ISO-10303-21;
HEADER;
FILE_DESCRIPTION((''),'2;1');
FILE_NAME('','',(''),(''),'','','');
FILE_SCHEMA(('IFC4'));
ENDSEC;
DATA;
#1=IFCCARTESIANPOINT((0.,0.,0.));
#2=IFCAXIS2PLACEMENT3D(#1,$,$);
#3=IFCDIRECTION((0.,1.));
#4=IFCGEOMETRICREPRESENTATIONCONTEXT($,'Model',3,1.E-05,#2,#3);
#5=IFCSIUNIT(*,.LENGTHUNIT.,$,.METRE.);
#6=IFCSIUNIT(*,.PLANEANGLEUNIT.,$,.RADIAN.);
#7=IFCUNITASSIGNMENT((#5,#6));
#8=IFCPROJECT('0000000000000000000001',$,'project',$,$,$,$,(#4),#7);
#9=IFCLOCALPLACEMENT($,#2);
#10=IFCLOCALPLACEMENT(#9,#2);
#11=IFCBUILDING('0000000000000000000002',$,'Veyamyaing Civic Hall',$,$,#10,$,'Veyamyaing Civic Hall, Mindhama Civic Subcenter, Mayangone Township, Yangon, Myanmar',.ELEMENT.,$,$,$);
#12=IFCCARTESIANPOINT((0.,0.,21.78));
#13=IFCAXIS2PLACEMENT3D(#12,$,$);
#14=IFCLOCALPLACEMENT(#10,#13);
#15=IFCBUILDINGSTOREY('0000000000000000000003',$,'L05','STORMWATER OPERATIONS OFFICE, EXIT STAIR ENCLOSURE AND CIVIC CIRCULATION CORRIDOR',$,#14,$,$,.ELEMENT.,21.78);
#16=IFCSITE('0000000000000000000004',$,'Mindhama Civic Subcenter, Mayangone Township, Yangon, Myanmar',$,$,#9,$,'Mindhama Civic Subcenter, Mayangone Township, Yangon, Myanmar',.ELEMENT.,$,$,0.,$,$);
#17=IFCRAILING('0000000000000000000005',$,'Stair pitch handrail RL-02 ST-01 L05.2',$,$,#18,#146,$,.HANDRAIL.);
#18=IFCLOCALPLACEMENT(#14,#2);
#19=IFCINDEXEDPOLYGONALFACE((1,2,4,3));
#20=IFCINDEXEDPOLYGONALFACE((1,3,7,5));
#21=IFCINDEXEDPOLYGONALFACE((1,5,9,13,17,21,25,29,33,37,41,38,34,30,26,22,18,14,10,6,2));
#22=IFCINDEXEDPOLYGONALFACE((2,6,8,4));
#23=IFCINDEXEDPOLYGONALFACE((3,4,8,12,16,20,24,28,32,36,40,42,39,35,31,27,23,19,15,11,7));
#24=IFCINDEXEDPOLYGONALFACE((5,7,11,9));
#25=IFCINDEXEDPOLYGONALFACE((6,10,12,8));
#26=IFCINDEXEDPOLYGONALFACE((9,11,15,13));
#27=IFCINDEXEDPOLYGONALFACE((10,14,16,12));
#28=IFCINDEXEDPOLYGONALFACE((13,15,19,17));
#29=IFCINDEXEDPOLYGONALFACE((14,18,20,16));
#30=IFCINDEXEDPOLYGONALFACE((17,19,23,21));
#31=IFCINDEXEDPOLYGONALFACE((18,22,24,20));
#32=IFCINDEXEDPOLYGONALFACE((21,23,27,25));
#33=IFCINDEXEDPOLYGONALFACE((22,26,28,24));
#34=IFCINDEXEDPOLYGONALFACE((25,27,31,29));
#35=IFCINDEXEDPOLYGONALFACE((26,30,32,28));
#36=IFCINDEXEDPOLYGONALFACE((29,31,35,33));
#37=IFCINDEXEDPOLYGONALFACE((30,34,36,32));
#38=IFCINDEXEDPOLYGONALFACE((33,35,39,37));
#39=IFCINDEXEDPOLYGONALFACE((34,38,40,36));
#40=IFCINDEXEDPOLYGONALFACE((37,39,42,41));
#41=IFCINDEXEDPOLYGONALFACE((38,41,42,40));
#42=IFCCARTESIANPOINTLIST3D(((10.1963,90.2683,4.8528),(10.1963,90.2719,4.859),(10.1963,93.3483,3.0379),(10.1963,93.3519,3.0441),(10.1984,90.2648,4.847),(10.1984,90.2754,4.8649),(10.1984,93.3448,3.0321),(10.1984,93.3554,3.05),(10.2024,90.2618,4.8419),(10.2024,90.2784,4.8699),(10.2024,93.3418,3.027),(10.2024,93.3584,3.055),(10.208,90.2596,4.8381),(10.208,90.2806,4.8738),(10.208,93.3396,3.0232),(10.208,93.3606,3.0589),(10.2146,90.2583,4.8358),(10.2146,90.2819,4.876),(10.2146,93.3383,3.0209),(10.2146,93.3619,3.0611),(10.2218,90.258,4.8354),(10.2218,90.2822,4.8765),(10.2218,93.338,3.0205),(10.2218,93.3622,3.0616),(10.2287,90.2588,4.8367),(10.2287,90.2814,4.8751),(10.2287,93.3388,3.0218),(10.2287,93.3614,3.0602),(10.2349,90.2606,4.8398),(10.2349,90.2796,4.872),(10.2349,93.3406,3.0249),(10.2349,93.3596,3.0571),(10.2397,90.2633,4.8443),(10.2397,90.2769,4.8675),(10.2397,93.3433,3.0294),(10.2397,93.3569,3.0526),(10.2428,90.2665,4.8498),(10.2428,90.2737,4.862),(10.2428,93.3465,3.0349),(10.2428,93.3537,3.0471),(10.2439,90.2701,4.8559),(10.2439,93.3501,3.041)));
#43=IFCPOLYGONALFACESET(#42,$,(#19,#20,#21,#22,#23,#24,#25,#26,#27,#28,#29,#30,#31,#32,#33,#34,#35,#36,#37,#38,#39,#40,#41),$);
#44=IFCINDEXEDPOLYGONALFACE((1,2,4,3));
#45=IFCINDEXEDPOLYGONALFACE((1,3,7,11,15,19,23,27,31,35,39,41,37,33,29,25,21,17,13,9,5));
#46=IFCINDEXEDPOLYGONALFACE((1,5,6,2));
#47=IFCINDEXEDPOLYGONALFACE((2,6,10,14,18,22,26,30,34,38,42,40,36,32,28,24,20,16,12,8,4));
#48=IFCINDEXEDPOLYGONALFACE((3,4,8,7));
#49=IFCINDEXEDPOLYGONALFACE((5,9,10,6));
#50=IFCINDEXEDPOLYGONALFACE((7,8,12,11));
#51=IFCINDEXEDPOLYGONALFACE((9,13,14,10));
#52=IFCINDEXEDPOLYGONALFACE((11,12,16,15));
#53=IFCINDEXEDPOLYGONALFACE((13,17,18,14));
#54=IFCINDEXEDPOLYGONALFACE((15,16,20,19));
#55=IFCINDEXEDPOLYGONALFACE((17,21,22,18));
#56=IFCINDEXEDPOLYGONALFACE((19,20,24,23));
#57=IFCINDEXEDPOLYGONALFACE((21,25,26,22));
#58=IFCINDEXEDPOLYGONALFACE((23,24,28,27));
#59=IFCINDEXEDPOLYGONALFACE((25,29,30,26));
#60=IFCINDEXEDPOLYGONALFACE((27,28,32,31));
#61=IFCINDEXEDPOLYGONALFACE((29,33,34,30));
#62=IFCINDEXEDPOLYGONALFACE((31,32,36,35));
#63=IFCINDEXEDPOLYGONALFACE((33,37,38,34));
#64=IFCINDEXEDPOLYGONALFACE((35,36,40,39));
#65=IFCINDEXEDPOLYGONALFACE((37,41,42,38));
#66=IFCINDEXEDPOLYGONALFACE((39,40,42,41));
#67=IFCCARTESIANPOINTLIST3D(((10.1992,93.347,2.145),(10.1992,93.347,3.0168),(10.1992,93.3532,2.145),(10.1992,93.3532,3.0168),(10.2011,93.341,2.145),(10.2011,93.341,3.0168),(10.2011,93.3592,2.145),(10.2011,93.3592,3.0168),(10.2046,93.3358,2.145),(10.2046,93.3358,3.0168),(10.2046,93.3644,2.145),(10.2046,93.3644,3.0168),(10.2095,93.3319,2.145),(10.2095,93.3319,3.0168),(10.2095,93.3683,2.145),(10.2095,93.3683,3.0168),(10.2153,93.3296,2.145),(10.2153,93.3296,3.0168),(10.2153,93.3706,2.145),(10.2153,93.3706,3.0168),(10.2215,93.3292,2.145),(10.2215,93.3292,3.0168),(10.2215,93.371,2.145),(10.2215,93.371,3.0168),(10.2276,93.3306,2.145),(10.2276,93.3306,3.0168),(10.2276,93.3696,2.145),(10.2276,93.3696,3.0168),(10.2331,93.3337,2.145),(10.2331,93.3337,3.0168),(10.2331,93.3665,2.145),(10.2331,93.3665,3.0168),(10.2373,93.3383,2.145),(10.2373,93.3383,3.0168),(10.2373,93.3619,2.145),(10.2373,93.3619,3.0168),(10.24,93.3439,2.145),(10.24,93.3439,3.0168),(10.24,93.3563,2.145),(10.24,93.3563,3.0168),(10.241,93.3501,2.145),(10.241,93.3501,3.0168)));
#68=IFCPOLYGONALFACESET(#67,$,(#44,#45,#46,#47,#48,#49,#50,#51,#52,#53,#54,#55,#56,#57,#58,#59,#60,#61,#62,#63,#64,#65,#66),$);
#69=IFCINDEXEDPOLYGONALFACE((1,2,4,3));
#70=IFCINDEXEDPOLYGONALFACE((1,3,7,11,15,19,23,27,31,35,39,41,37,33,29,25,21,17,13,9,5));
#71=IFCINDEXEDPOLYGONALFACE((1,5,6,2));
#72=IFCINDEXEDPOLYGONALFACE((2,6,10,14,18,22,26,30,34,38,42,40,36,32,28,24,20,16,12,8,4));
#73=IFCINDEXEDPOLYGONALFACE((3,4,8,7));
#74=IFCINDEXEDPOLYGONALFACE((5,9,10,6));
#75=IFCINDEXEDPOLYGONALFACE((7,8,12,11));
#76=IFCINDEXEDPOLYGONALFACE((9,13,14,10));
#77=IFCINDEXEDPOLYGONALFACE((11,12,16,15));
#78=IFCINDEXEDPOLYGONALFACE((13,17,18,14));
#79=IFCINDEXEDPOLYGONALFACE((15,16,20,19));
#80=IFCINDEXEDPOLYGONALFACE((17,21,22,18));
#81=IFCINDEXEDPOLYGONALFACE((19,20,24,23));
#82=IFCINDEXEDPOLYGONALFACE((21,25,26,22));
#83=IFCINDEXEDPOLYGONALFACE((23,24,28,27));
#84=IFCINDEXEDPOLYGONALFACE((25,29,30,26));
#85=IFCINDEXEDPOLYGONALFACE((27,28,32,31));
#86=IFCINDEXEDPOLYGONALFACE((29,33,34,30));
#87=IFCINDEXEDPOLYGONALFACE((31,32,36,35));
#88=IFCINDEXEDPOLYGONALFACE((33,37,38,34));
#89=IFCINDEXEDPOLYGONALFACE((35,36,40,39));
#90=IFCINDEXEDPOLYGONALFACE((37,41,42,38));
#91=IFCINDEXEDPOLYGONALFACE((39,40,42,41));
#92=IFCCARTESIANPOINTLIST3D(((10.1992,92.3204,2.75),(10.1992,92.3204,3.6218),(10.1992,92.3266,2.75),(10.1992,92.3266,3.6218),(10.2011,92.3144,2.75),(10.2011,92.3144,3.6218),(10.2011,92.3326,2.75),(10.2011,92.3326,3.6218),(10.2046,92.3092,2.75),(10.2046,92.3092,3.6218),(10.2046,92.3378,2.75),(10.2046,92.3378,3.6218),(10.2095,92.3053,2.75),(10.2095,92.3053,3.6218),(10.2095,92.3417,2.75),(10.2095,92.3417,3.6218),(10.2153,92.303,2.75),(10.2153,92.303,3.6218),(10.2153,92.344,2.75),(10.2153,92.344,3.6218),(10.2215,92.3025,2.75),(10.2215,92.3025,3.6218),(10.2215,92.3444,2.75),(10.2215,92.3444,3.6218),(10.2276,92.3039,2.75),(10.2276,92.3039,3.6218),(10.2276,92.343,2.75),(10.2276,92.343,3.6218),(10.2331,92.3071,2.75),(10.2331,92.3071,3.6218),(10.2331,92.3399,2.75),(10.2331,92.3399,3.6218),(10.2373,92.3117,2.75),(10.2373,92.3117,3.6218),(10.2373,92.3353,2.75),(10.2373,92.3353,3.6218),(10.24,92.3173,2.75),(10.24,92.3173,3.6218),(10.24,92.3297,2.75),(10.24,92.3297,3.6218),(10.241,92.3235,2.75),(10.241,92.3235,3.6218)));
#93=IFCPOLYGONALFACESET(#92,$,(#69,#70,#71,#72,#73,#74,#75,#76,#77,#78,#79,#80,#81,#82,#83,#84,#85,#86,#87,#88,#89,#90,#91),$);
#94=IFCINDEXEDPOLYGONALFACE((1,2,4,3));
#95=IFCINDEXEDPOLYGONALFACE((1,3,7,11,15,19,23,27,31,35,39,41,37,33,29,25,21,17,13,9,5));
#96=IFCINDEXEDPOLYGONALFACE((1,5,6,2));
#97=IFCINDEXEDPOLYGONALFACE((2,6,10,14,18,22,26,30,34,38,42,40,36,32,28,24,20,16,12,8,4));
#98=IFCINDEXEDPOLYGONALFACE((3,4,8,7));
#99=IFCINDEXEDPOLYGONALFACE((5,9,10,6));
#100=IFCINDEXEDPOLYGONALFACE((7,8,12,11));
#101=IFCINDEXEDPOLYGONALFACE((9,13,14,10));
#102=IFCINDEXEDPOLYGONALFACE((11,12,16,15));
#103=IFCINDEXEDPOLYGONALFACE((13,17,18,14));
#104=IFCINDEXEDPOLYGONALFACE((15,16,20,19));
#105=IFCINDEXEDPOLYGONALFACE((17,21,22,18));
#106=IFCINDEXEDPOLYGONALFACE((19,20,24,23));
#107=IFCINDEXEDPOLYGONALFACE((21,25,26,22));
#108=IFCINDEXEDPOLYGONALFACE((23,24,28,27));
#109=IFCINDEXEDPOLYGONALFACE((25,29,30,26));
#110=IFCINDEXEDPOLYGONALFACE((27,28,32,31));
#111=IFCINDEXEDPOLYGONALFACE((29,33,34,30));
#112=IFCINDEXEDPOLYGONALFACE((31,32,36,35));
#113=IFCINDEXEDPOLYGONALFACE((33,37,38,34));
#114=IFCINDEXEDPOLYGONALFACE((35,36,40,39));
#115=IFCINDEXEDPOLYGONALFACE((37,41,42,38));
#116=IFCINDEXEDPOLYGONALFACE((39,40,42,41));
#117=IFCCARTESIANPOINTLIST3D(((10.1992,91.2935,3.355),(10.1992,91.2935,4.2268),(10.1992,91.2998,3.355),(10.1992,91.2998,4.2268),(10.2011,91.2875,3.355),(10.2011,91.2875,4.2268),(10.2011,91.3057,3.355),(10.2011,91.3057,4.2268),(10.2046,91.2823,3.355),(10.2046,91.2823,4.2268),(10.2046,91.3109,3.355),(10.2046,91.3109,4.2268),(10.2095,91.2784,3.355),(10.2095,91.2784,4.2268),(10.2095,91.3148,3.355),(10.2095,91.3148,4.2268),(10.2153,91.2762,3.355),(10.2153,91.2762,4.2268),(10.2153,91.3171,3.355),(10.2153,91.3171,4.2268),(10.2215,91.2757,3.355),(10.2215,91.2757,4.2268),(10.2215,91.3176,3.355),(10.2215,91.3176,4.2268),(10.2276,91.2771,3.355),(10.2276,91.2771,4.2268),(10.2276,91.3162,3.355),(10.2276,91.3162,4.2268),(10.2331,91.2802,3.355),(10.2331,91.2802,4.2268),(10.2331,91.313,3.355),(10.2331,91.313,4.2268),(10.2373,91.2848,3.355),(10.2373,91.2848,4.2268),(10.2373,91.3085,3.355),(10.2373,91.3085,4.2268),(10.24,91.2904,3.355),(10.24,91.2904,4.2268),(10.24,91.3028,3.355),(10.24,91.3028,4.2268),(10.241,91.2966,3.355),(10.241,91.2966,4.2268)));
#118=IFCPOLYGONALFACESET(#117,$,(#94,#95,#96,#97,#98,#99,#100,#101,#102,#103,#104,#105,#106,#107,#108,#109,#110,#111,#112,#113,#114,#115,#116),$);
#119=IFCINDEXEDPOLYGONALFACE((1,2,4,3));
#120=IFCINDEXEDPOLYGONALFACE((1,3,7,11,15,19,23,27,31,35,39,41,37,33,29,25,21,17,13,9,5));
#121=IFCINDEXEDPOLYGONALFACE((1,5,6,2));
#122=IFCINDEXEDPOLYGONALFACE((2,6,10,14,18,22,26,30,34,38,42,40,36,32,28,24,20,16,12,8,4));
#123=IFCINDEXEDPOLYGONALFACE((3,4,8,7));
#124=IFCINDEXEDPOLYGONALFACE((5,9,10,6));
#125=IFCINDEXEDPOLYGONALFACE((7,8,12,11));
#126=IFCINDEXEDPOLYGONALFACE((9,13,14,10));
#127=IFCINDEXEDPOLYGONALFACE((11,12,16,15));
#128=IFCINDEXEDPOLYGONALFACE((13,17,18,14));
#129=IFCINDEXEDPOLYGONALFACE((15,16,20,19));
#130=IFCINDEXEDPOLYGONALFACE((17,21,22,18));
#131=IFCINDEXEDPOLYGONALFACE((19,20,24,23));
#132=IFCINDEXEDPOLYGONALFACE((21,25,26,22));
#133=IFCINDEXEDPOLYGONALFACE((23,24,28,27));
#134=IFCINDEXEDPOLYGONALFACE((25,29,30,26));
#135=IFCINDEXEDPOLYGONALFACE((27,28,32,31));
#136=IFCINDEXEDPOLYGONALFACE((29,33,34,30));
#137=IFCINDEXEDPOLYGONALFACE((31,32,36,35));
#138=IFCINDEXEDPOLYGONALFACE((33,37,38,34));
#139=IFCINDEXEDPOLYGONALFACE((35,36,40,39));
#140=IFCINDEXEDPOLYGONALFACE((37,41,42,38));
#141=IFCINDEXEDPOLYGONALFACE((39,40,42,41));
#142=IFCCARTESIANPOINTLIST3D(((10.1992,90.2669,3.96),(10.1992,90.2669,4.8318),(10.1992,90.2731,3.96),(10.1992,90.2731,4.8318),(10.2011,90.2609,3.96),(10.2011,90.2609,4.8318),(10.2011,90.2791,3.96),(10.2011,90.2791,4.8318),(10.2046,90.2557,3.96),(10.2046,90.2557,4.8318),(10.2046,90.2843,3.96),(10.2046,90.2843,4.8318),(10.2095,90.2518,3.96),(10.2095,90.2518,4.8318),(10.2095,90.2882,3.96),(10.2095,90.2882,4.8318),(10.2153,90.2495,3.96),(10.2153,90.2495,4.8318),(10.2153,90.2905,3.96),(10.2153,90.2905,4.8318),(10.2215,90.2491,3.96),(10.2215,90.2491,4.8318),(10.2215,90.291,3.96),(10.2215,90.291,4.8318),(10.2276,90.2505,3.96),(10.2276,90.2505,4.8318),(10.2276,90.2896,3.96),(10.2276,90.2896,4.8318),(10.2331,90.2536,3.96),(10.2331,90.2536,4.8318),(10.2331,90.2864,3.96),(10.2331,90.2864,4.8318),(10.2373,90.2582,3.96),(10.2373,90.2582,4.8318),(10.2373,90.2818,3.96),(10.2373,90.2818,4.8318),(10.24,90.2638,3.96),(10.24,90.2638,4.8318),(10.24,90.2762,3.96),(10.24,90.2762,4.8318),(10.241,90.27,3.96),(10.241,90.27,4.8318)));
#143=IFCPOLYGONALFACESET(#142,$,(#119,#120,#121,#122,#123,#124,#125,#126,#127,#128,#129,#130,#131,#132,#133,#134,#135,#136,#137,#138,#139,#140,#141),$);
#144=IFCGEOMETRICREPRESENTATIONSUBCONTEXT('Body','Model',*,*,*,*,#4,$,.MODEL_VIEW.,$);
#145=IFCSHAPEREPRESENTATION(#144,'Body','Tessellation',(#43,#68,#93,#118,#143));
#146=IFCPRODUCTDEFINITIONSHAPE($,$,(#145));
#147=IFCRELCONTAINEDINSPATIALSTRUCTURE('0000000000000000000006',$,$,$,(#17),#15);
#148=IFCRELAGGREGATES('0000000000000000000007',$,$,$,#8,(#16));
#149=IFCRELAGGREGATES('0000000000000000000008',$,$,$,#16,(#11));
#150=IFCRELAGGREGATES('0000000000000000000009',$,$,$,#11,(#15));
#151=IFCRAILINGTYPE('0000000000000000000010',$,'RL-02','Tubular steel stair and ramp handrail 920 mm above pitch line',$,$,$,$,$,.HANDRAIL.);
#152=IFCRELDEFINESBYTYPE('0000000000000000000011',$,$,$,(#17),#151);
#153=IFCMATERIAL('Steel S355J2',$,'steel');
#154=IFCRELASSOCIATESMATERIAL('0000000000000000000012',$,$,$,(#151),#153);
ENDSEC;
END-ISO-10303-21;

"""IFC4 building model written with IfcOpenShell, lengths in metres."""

from ifc_helpers import new_model, si_unit, direction, frame, origin, origin_2d, place, context, subcontext, project, spatial, circle, extrude, material, type_object, element, save


model = new_model("IFC4")

# Units and contexts
model_context = context("Model", 3, precision=1e-05, world=origin(), true_north=direction((0.0, 1.0)))
body_context = subcontext(model_context, "Body", "Model", "MODEL_VIEW")
ifc_project = project(units=[si_unit("LENGTHUNIT", "METRE"), si_unit("PLANEANGLEUNIT", "RADIAN")], contexts=[model_context])

# Site, building, storey
site_placement = place(None, origin())
site = spatial("IfcSite", under=ifc_project, at=site_placement, Name="Mindhama Civic Subcenter, Mayangone Township, Yangon, Myanmar", LongName="Mindhama Civic Subcenter, Mayangone Township, Yangon, Myanmar", CompositionType="ELEMENT", RefElevation=0.0)
building_placement = place(site_placement, origin())
building = spatial("IfcBuilding", under=site, at=building_placement, Name="Veyamyaing Civic Hall", LongName="Veyamyaing Civic Hall, Mindhama Civic Subcenter, Mayangone Township, Yangon, Myanmar", CompositionType="ELEMENT")
storey_placement = place(building_placement, frame((0.0, 0.0, 21.78)))
storey = spatial("IfcBuildingStorey", under=building, at=storey_placement, Name="L05", Description="STORMWATER OPERATIONS OFFICE, EXIT STAIR ENCLOSURE AND CIVIC CIRCULATION CORRIDOR", CompositionType="ELEMENT", Elevation=21.78)

# Railing
ifc_material_1 = material(Name="Steel S355J2", Category="steel")
railing_type_1 = type_object("IfcRailingType", Name="RL-02", Description="Tubular steel stair and ramp handrail 920 mm above pitch line", PredefinedType="HANDRAIL", material=ifc_material_1)
railing_1_placement = place(storey_placement, frame((10.22, 93.3501, 2.145)))
element("IfcRailing", 1, at=railing_1_placement, inside=storey, type_object=railing_type_1, Name="Stair pitch handrail RL-02 ST-01 L05.2", PredefinedType="HANDRAIL", context=body_context, shape_type="SweptSolid", body=[
    extrude(circle(Radius=0.0239, at=origin_2d()), frame((0.0, 0.0, 0.896), z_axis=(0.0, -0.861551, 0.507671), x_axis=(1.0, 0.0, 0.0)), (0.0, 0.0, 1.0), 3.575),
    extrude(circle(Radius=0.021, at=origin_2d()), origin(), (0.0, 0.0, 1.0), 0.8718),
    extrude(circle(Radius=0.021, at=origin_2d()), frame((0.0, -1.0266, 0.605)), (0.0, 0.0, 1.0), 0.8718),
    extrude(circle(Radius=0.021, at=origin_2d()), frame((0.0, -2.0535, 1.21)), (0.0, 0.0, 1.0), 0.8718),
    extrude(circle(Radius=0.021, at=origin_2d()), frame((0.0, -3.0801, 1.8149)), (0.0, 0.0, 1.0), 0.8718),
])

save(model, "model.ifc")
